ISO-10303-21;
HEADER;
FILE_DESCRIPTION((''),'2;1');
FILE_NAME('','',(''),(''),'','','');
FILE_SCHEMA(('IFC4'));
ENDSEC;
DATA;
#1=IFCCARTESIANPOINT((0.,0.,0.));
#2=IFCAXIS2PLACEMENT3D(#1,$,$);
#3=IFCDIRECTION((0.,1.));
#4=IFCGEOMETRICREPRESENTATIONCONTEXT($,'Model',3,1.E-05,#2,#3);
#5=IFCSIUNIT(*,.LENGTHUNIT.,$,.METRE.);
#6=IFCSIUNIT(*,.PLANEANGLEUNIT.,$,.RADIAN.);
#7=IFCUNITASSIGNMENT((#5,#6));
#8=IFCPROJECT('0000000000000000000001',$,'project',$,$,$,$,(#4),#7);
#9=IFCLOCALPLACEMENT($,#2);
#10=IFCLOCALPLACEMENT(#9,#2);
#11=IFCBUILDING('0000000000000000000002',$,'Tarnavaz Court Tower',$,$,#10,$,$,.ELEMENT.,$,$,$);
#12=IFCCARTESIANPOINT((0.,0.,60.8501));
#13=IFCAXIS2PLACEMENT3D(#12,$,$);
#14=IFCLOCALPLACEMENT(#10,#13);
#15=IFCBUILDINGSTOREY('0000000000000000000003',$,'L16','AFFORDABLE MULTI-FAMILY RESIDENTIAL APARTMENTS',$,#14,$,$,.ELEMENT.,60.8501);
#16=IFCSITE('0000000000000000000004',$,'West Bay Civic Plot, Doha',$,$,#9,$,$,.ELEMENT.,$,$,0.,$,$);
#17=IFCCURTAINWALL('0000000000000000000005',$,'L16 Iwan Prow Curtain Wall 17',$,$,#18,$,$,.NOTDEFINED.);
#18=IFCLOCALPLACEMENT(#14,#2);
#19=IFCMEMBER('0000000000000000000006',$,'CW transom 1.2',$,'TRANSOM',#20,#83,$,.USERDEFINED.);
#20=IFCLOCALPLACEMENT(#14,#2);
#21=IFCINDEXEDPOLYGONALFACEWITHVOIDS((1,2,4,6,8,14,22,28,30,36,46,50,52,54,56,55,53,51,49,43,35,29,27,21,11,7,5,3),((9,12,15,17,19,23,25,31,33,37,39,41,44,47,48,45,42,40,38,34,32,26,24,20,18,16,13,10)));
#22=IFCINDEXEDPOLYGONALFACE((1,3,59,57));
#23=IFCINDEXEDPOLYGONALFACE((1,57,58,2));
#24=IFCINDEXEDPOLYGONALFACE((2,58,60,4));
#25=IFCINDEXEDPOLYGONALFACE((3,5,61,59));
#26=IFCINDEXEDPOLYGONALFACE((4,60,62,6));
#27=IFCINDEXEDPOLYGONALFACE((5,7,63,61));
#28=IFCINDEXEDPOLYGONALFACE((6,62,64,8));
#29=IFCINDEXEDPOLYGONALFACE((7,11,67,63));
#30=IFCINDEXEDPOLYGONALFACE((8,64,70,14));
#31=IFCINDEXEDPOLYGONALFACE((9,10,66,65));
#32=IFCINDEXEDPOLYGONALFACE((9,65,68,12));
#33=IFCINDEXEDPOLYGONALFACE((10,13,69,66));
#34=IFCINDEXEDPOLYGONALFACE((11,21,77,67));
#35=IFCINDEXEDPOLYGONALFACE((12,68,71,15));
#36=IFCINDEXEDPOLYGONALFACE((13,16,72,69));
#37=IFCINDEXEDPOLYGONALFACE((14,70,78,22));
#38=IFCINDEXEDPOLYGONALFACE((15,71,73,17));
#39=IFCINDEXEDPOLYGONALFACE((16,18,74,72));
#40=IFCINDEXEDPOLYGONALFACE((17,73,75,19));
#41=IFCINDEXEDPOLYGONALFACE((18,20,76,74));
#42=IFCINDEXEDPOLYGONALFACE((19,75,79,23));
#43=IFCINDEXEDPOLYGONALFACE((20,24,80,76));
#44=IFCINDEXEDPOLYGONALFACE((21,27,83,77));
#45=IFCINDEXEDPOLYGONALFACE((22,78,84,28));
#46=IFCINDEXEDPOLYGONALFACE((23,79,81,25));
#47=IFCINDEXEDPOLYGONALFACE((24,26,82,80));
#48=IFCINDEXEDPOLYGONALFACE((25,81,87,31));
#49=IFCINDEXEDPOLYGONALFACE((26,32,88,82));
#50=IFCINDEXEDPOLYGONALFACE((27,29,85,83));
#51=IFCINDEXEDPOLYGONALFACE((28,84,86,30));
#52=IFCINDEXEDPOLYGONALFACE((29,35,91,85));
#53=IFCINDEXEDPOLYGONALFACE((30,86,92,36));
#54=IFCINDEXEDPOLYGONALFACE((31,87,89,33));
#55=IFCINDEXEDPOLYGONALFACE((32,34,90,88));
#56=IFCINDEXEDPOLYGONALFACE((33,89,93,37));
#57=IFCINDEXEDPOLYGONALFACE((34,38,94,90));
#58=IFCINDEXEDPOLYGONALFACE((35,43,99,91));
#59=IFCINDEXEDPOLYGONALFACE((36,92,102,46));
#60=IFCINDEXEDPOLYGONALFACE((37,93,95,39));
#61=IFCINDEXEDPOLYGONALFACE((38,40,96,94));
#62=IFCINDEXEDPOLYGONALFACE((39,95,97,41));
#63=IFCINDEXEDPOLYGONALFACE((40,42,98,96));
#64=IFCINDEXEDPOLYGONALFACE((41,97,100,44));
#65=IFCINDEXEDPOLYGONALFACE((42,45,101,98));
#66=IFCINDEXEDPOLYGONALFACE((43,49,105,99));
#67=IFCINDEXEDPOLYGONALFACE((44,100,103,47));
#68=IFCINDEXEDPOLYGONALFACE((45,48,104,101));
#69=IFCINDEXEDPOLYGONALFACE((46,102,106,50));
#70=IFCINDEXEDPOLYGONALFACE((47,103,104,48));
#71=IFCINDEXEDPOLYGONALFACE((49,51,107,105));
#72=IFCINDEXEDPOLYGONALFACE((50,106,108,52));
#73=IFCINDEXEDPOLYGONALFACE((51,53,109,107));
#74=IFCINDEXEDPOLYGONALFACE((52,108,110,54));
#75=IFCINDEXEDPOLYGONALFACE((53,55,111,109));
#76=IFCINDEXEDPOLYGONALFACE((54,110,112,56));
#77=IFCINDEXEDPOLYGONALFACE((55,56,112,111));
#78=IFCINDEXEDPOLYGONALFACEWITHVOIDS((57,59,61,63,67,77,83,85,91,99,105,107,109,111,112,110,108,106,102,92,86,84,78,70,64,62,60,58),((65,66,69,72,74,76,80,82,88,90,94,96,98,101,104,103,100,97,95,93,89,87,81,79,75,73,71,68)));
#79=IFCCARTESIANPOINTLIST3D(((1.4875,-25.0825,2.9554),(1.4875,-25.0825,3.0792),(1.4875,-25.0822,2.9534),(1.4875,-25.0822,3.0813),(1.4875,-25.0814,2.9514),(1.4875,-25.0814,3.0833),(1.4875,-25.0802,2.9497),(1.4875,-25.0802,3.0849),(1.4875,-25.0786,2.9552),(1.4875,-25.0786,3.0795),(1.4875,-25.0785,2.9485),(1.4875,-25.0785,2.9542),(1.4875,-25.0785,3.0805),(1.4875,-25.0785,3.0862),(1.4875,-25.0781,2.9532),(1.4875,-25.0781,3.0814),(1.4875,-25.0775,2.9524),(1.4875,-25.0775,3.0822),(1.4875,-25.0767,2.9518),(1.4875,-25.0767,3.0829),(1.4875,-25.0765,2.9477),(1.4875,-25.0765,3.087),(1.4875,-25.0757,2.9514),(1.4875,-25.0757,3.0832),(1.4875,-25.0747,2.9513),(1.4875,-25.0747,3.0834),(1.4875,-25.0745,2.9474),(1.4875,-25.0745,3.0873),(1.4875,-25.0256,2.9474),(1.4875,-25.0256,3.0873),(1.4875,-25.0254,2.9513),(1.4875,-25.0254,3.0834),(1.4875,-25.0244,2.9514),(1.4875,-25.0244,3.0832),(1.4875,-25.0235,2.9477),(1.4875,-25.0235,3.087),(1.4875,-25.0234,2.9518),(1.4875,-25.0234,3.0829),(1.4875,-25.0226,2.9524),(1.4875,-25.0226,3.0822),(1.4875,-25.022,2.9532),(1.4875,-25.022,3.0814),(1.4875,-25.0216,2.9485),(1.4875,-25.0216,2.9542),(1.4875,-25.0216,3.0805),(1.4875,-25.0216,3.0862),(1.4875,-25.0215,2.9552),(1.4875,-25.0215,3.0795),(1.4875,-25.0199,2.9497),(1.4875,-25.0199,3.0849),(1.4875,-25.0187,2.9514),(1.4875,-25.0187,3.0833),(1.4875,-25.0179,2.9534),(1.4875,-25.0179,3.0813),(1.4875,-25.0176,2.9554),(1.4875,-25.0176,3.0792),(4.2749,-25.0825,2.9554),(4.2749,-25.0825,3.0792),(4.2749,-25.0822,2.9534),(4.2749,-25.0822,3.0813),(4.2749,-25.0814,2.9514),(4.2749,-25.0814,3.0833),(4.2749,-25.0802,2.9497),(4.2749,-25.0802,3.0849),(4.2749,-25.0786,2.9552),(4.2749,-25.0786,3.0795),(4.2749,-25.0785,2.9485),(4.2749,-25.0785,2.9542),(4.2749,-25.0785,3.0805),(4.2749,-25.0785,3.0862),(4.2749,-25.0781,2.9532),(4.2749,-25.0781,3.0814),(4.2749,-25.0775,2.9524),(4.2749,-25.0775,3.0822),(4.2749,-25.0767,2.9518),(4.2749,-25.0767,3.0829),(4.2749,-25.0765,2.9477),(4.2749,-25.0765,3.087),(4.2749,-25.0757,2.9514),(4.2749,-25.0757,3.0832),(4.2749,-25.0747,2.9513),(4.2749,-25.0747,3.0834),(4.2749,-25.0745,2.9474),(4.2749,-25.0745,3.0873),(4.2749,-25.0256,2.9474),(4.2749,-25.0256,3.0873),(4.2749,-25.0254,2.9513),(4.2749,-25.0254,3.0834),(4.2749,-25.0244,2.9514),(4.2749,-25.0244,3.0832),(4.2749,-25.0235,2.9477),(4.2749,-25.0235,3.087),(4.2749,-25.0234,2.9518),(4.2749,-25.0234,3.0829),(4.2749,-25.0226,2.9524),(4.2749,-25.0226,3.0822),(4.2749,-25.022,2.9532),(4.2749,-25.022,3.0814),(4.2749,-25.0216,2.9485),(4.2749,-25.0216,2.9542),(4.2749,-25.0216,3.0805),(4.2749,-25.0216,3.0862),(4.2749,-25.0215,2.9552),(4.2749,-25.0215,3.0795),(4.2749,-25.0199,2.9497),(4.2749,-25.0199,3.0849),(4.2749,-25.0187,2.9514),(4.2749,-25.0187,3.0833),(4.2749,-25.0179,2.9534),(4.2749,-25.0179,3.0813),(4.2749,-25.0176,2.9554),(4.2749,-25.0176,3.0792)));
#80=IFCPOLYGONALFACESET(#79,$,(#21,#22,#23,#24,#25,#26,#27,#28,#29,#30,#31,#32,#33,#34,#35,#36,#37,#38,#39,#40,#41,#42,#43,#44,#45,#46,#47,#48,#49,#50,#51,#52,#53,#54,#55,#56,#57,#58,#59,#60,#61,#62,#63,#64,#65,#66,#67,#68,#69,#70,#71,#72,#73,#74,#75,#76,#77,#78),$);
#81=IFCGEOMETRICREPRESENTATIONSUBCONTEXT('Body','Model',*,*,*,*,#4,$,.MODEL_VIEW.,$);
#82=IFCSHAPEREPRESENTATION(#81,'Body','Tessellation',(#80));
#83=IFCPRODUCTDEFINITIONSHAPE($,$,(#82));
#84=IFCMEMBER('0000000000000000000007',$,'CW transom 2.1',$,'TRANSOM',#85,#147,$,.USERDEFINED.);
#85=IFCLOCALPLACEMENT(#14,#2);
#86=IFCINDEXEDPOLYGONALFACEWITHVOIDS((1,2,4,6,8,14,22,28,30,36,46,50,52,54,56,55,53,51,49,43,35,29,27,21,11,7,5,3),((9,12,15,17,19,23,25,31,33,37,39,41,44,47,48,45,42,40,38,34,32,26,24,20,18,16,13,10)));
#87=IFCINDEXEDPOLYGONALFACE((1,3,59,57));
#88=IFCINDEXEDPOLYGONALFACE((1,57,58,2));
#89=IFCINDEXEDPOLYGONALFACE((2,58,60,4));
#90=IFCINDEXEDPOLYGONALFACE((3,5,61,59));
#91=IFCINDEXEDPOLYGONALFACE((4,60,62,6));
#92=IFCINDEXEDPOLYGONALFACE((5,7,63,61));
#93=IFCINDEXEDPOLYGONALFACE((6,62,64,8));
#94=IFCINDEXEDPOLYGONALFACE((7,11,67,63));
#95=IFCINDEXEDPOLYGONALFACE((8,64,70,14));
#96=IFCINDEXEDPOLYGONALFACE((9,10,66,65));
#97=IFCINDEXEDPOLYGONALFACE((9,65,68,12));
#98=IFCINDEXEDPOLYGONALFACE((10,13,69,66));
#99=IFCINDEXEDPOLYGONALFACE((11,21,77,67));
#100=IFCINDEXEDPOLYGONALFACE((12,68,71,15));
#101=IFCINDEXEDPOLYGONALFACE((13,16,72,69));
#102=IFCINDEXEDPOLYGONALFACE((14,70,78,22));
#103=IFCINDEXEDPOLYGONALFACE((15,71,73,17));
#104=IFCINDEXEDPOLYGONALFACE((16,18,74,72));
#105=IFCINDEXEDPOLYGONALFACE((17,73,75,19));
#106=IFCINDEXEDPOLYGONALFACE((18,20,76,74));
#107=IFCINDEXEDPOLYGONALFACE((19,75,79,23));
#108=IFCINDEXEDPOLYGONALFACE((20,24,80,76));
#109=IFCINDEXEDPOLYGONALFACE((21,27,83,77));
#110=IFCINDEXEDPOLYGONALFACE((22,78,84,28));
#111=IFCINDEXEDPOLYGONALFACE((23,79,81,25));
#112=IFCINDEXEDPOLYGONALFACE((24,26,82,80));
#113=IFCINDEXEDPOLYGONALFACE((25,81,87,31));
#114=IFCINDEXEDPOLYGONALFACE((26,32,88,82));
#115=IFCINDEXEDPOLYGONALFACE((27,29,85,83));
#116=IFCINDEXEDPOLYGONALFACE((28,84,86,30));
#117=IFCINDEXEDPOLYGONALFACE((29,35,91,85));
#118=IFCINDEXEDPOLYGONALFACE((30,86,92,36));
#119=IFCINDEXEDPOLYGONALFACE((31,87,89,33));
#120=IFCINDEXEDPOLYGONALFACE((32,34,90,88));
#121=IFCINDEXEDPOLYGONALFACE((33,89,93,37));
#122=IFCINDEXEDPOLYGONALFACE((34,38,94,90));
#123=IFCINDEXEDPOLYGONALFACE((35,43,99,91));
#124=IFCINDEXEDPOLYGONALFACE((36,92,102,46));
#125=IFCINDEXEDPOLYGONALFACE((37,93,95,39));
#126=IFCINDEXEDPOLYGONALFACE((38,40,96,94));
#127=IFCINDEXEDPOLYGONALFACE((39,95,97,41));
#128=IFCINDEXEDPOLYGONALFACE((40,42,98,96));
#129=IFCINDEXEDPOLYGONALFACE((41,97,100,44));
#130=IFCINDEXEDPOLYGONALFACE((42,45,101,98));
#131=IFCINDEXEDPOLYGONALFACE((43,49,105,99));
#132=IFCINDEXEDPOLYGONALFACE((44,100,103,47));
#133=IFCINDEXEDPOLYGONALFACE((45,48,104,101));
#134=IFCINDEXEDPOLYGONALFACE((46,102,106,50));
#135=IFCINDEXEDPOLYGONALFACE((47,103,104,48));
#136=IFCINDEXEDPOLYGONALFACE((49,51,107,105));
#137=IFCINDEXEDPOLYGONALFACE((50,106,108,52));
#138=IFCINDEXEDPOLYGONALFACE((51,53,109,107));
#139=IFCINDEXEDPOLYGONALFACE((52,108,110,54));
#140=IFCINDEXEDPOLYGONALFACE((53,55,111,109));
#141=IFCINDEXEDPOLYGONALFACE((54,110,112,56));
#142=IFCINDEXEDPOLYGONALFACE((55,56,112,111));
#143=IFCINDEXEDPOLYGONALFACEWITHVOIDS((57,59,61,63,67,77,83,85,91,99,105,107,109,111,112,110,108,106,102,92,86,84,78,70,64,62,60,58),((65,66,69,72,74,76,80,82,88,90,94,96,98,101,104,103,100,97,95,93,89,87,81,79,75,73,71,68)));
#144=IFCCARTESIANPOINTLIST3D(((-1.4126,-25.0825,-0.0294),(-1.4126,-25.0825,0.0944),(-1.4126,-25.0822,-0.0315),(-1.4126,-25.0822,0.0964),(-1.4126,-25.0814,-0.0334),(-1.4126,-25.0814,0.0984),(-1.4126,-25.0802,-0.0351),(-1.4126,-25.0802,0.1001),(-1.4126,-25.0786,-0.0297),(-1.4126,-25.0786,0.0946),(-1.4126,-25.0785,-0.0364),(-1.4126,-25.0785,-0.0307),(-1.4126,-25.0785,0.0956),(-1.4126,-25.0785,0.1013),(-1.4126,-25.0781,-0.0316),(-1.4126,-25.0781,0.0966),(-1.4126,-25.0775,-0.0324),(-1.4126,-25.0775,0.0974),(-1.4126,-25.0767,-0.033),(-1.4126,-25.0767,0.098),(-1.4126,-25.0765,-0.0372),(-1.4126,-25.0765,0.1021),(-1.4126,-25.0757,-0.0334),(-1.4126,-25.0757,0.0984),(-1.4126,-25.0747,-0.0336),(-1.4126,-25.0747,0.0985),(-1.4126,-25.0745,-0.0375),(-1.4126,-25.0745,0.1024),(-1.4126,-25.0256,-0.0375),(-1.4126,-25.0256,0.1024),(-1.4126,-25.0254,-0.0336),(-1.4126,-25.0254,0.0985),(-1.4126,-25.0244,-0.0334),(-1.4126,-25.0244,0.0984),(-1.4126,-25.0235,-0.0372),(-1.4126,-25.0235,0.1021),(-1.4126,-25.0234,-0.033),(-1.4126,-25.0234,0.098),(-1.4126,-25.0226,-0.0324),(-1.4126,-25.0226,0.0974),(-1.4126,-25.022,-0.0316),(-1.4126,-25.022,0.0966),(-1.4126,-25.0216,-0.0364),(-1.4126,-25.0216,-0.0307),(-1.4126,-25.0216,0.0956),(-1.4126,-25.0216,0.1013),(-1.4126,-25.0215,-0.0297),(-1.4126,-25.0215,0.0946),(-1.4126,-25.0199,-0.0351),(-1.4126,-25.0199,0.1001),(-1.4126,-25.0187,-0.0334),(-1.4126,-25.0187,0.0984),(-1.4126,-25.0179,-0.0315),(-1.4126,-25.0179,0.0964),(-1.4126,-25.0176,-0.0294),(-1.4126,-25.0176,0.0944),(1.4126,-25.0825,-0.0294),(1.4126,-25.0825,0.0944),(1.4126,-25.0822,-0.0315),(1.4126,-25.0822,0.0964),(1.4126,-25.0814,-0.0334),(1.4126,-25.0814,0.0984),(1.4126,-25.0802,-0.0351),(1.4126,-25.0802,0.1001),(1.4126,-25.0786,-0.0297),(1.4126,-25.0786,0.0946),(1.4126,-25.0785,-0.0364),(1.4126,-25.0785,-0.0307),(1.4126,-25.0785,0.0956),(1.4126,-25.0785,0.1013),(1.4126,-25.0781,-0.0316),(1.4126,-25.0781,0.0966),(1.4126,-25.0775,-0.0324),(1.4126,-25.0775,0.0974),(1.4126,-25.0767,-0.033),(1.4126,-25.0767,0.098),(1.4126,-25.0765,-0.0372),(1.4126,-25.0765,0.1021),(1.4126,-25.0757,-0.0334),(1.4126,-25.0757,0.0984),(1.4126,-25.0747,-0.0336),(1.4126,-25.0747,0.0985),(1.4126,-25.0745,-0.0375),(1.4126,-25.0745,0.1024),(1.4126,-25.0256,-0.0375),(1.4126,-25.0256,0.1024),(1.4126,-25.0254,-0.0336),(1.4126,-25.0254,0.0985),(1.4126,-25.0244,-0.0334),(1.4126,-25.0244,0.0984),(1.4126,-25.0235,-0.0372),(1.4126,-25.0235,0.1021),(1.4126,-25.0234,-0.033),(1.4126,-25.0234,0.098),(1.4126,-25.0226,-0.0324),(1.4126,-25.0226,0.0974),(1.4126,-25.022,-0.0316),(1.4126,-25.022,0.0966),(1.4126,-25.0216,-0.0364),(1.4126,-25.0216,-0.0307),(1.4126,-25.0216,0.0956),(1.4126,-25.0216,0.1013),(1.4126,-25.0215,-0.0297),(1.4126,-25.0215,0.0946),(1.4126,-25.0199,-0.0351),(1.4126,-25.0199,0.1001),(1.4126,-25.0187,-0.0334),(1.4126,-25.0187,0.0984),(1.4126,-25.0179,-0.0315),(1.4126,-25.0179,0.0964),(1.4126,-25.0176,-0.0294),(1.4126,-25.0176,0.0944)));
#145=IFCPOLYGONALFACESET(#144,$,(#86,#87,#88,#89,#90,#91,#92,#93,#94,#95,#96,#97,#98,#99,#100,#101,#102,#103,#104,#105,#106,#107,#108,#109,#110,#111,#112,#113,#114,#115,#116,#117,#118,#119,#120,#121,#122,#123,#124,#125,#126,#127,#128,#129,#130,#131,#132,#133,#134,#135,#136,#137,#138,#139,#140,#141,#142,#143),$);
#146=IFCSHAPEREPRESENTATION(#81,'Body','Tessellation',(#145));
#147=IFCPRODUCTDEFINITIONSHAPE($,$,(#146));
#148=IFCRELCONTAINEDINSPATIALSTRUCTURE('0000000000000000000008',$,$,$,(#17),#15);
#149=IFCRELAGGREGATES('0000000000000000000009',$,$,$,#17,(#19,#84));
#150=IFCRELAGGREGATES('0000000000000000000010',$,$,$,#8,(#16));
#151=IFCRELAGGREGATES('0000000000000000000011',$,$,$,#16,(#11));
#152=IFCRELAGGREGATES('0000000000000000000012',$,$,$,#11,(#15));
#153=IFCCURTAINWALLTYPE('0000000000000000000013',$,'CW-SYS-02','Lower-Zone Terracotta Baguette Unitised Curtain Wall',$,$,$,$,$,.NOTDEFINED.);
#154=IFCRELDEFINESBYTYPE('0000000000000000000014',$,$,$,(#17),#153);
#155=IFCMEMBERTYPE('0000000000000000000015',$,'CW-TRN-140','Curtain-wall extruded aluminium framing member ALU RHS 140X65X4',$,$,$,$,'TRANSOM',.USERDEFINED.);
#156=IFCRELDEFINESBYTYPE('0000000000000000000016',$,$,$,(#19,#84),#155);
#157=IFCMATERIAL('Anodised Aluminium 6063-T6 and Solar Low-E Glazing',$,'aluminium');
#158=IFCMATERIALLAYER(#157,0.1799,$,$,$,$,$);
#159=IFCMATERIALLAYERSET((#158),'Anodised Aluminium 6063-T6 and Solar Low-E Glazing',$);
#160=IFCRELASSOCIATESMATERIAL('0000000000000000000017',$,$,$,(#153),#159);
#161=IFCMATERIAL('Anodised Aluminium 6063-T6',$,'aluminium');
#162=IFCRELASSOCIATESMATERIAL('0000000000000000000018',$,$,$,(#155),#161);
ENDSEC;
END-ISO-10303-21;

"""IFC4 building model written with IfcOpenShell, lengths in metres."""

from ifc_helpers import new_model, si_unit, direction, frame, origin, origin_2d, place, context, subcontext, project, spatial, hollow_rectangle, extrude, material, layer, layer_set, material_profile, profile_set, type_object, element, aggregate, save


model = new_model("IFC4")

# Units and contexts
model_context = context("Model", 3, precision=1e-05, world=origin(), true_north=direction((0.0, 1.0)))
body_context = subcontext(model_context, "Body", "Model", "MODEL_VIEW")
ifc_project = project(units=[si_unit("LENGTHUNIT", "METRE"), si_unit("PLANEANGLEUNIT", "RADIAN")], contexts=[model_context])

# Site, building, storey
site_placement = place(None, origin())
site = spatial("IfcSite", under=ifc_project, at=site_placement, Name="West Bay Civic Plot, Doha", CompositionType="ELEMENT", RefElevation=0.0)
building_placement = place(site_placement, origin())
building = spatial("IfcBuilding", under=site, at=building_placement, Name="Tarnavaz Court Tower", CompositionType="ELEMENT")
storey_placement = place(building_placement, frame((0.0, 0.0, 60.8501)))
storey = spatial("IfcBuildingStorey", under=building, at=storey_placement, Name="L16", Description="AFFORDABLE MULTI-FAMILY RESIDENTIAL APARTMENTS", CompositionType="ELEMENT", Elevation=60.8501)

# Curtain wall, members
ifc_material_1 = material(Name="Anodised Aluminium 6063-T6 and Solar Low-E Glazing", Category="aluminium")
ifc_layer_1 = layer(ifc_material_1, 0.1799)
ifc_layer_set_1 = layer_set([ifc_layer_1], Name="Anodised Aluminium 6063-T6 and Solar Low-E Glazing")
curtain_wall_type = type_object("IfcCurtainWallType", Name="CW-SYS-02", Description="Lower-Zone Terracotta Baguette Unitised Curtain Wall", PredefinedType="NOTDEFINED", material=ifc_layer_set_1)
curtain_wall_placement = place(storey_placement, origin())
curtain_wall = element("IfcCurtainWall", 1, at=curtain_wall_placement, inside=storey, type_object=curtain_wall_type, Name="L16 Iwan Prow Curtain Wall 17", PredefinedType="NOTDEFINED")
ifc_material_2 = material(Name="Anodised Aluminium 6063-T6", Category="aluminium")
ifc_material_profile_1 = material_profile(ifc_material_2, hollow_rectangle(XDim=0.0649, YDim=0.1399, WallThickness=0.0039, InnerFilletRadius=0.0039, OuterFilletRadius=0.0081, at=origin_2d()), Name="ALU RHS 140X65X4")
ifc_profile_set_1 = profile_set([ifc_material_profile_1], Name="Anodised Aluminium 6063-T6")
member_type_1 = type_object("IfcMemberType", Name="CW-TRN-140", Description="Curtain-wall extruded aluminium framing member ALU RHS 140X65X4", ElementType="TRANSOM", PredefinedType="USERDEFINED", material=ifc_profile_set_1)
member_1_placement = place(storey_placement, frame((4.2749, -25.05, 3.0173), z_axis=(-1.0, 0.0, 0.0), x_axis=(0.0, -1.0, 0.0)))
member_1 = element("IfcMember", 2, at=member_1_placement, type_object=member_type_1, Name="CW transom 1.2", ObjectType="TRANSOM", PredefinedType="USERDEFINED", context=body_context, shape_type="SweptSolid", body=[
    extrude(hollow_rectangle(XDim=0.0649, YDim=0.1399, WallThickness=0.0039, InnerFilletRadius=0.0039, OuterFilletRadius=0.0081, at=origin_2d()), origin(), (0.0, 0.0, 1.0), 2.7874),
])
member_2_placement = place(storey_placement, frame((1.4126, -25.05, 0.0325), z_axis=(-1.0, 0.0, 0.0), x_axis=(0.0, -1.0, 0.0)))
member_2 = element("IfcMember", 3, at=member_2_placement, type_object=member_type_1, Name="CW transom 2.1", ObjectType="TRANSOM", PredefinedType="USERDEFINED", context=body_context, shape_type="SweptSolid", body=[
    extrude(hollow_rectangle(XDim=0.0649, YDim=0.1399, WallThickness=0.0039, InnerFilletRadius=0.0039, OuterFilletRadius=0.0081, at=origin_2d()), origin(), (0.0, 0.0, 1.0), 2.8252),
])
aggregate(curtain_wall, [member_1, member_2])

save(model, "model.ifc")
